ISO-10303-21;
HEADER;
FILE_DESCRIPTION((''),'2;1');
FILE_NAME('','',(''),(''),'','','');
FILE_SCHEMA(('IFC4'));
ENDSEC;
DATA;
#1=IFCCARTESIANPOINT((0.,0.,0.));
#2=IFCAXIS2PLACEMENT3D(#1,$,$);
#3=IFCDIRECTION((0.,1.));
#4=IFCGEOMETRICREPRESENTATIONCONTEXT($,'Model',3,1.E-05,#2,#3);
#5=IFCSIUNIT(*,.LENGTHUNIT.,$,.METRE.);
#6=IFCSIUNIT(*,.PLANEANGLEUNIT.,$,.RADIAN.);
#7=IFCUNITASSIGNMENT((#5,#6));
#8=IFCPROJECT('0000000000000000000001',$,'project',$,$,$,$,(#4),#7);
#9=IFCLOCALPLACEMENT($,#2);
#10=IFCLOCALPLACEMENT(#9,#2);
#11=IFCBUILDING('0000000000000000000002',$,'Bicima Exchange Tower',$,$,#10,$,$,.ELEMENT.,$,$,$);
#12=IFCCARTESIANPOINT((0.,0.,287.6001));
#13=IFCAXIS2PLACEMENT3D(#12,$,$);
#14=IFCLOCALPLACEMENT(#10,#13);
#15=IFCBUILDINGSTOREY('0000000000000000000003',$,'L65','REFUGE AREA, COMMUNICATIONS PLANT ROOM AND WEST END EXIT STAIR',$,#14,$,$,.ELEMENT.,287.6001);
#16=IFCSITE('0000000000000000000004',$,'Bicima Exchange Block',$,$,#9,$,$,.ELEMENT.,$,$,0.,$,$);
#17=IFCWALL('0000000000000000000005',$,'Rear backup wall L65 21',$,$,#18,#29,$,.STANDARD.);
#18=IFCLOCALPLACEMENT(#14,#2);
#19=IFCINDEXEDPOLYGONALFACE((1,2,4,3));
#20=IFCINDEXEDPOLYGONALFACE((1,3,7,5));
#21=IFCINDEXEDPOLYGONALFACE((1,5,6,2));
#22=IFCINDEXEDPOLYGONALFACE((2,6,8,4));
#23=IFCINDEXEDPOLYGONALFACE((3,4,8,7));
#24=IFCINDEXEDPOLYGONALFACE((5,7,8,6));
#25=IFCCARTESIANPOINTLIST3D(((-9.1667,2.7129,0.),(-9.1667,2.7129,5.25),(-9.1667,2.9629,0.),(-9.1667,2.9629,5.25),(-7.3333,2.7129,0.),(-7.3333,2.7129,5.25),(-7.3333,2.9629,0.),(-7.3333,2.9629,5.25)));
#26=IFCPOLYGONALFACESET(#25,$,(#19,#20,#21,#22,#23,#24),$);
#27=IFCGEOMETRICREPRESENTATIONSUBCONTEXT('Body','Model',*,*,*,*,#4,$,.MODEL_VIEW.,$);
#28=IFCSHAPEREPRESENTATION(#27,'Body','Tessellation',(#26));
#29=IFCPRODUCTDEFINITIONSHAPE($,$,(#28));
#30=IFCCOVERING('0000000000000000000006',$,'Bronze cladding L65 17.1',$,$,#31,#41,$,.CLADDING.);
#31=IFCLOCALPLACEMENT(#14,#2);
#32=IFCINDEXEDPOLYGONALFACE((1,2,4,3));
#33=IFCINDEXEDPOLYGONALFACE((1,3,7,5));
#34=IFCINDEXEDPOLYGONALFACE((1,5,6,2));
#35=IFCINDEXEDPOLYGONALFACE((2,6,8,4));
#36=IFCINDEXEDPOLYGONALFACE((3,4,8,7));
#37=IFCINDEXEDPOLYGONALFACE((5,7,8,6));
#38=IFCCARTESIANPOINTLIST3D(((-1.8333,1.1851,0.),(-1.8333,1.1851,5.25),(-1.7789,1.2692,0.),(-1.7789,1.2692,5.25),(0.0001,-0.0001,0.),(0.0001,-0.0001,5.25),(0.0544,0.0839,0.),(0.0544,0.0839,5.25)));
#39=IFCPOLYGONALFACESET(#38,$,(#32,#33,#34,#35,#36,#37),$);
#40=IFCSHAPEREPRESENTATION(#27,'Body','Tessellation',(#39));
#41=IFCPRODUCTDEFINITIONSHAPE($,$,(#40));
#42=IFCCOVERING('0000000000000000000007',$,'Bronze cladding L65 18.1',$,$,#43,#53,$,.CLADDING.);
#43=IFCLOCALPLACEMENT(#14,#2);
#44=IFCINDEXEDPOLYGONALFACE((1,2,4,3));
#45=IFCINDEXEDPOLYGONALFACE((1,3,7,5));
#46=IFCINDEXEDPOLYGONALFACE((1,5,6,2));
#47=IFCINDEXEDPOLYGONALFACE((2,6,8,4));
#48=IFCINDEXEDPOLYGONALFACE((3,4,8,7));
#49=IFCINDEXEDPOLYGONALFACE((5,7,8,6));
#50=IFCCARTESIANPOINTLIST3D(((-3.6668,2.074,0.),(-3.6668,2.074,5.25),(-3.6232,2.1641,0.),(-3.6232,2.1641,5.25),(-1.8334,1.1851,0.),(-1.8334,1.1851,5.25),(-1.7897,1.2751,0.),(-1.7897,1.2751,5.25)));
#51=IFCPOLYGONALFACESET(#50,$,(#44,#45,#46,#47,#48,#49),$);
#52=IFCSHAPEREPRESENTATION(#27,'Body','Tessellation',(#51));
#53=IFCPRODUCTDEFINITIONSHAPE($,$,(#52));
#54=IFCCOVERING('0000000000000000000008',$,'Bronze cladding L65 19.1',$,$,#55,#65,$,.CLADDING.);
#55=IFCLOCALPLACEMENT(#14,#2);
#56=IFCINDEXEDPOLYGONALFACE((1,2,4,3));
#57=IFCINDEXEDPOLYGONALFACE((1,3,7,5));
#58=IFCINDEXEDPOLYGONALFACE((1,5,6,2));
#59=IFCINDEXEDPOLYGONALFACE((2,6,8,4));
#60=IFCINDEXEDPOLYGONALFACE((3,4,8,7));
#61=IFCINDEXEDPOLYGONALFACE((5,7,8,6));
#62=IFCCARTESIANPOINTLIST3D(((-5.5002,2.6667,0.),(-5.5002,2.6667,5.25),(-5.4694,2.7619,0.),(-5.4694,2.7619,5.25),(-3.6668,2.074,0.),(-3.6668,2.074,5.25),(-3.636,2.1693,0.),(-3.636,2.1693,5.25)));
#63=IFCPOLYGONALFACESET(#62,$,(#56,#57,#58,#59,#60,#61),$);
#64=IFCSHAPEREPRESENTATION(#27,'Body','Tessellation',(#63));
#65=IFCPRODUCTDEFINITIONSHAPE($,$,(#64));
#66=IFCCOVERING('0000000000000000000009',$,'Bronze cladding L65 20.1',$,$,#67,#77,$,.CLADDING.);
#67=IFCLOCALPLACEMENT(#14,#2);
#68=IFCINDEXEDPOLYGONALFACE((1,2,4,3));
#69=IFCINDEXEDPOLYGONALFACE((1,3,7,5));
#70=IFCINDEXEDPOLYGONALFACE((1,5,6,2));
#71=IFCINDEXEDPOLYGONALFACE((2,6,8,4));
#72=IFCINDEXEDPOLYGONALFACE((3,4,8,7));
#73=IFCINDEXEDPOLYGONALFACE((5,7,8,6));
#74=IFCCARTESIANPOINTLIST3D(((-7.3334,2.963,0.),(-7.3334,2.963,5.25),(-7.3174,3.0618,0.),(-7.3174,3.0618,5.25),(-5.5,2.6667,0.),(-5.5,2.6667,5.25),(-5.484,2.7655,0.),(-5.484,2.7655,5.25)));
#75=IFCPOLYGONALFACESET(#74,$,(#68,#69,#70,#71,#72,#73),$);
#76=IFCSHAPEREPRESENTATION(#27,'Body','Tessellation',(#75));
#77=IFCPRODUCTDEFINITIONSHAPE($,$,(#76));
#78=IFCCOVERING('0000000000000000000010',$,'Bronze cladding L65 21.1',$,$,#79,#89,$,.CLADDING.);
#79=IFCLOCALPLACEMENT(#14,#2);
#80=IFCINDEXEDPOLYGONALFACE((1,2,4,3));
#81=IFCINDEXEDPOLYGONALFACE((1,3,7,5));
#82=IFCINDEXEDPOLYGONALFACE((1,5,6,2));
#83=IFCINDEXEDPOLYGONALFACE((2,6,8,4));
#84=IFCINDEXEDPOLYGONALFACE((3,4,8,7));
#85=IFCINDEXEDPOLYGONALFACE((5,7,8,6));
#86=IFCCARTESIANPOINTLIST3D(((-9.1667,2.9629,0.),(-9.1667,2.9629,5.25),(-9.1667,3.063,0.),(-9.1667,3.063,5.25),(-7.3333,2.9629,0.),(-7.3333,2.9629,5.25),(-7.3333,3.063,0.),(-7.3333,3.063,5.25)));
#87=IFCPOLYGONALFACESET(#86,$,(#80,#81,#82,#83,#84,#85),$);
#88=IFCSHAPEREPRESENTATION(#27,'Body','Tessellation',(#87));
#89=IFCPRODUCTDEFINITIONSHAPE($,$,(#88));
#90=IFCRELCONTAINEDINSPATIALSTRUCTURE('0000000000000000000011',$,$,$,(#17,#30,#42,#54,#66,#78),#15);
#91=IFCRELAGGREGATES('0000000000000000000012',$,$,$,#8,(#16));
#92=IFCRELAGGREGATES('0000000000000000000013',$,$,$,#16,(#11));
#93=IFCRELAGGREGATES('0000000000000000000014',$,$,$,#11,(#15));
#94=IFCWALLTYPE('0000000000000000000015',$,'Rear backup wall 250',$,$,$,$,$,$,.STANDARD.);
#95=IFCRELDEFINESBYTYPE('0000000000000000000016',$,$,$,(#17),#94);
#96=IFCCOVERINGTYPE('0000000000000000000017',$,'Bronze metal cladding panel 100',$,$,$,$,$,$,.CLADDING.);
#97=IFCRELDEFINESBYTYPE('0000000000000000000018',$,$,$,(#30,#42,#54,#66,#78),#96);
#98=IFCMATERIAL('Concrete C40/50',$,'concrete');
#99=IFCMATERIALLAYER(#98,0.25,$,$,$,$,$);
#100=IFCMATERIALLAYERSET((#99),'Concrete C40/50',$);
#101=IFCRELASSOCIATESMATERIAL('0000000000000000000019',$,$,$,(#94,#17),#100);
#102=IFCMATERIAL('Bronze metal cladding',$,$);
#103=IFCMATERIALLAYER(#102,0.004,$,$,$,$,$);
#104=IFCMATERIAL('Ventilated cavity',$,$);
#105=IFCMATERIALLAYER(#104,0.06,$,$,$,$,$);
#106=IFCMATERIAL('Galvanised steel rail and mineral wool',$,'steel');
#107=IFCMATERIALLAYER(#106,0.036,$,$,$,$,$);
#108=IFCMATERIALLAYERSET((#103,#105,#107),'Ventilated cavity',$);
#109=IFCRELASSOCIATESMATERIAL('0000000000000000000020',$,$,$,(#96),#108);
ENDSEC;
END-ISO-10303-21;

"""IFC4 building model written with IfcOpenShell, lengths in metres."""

from ifc_helpers import new_model, si_unit, direction, frame, frame_2d, origin, origin_2d, place, context, subcontext, project, spatial, rectangle, extrude, material, layer, layer_set, layer_usage, type_object, element, save


model = new_model("IFC4")

# Units and contexts
model_context = context("Model", 3, precision=1e-05, world=origin(), true_north=direction((0.0, 1.0)))
body_context = subcontext(model_context, "Body", "Model", "MODEL_VIEW")
ifc_project = project(units=[si_unit("LENGTHUNIT", "METRE"), si_unit("PLANEANGLEUNIT", "RADIAN")], contexts=[model_context])

# Site, building, storey
site_placement = place(None, origin())
site = spatial("IfcSite", under=ifc_project, at=site_placement, Name="Bicima Exchange Block", CompositionType="ELEMENT", RefElevation=0.0)
building_placement = place(site_placement, origin())
building = spatial("IfcBuilding", under=site, at=building_placement, Name="Bicima Exchange Tower", CompositionType="ELEMENT")
storey_placement = place(building_placement, frame((0.0, 0.0, 287.6001)))
storey = spatial("IfcBuildingStorey", under=building, at=storey_placement, Name="L65", Description="REFUGE AREA, COMMUNICATIONS PLANT ROOM AND WEST END EXIT STAIR", CompositionType="ELEMENT", Elevation=287.6001)

# Wall
ifc_material_1 = material(Name="Concrete C40/50", Category="concrete")
ifc_layer_1 = layer(ifc_material_1, 0.25)
ifc_layer_set_1 = layer_set([ifc_layer_1], Name="Concrete C40/50")
ifc_layer_usage = layer_usage(ifc_layer_set_1, "AXIS2", "POSITIVE", -0.125)
wall_type = type_object("IfcWallType", Name="Rear backup wall 250", PredefinedType="STANDARD", material=ifc_layer_set_1)
wall_1_placement = place(storey_placement, frame((-7.3333, 2.8379, 0.0), z_axis=(0.0, 0.0, 1.0), x_axis=(-1.0, 0.0, 0.0)))
element("IfcWall", 1, at=wall_1_placement, inside=storey, type_object=wall_type, material=ifc_layer_usage, Name="Rear backup wall L65 21", PredefinedType="STANDARD", context=body_context, shape_type="SweptSolid", body=[
    extrude(rectangle(XDim=1.8335, YDim=0.25, at=frame_2d((0.9167, 0.0))), origin(), (0.0, 0.0, 1.0), 5.25),
])

# Coverings
ifc_material_2 = material(Name="Bronze metal cladding")
ifc_layer_2 = layer(ifc_material_2, 0.004)
ifc_material_3 = material(Name="Ventilated cavity")
ifc_layer_3 = layer(ifc_material_3, 0.06)
ifc_material_4 = material(Name="Galvanised steel rail and mineral wool", Category="steel")
ifc_layer_4 = layer(ifc_material_4, 0.036)
ifc_layer_set_2 = layer_set([ifc_layer_2, ifc_layer_3, ifc_layer_4], Name="Ventilated cavity")
covering_type = type_object("IfcCoveringType", Name="Bronze metal cladding panel 100", PredefinedType="CLADDING", material=ifc_layer_set_2)
covering_1_placement = place(storey_placement, frame((-0.8894, 0.6345, 0.0), z_axis=(0.0, 0.0, 1.0), x_axis=(-0.83979, 0.542911, 0.0)))
element("IfcCovering", 2, at=covering_1_placement, inside=storey, type_object=covering_type, Name="Bronze cladding L65 17.1", PredefinedType="CLADDING", context=body_context, shape_type="SweptSolid", body=[
    extrude(rectangle(XDim=2.1831, YDim=0.1001, at=origin_2d()), origin(), (0.0, 0.0, 1.0), 5.25),
])
covering_2_placement = place(storey_placement, frame((-2.7283, 1.6746, 0.0), z_axis=(0.0, 0.0, 1.0), x_axis=(-0.899818, 0.436265, 0.0)))
element("IfcCovering", 3, at=covering_2_placement, inside=storey, type_object=covering_type, Name="Bronze cladding L65 18.1", PredefinedType="CLADDING", context=body_context, shape_type="SweptSolid", body=[
    extrude(rectangle(XDim=2.0376, YDim=0.1001, at=origin_2d()), origin(), (0.0, 0.0, 1.0), 5.25),
])
covering_3_placement = place(storey_placement, frame((-4.5681, 2.418, 0.0), z_axis=(0.0, 0.0, 1.0), x_axis=(-0.951525, 0.307573, 0.0)))
element("IfcCovering", 4, at=covering_3_placement, inside=storey, type_object=covering_type, Name="Bronze cladding L65 19.1", PredefinedType="CLADDING", context=body_context, shape_type="SweptSolid", body=[
    extrude(rectangle(XDim=1.9268, YDim=0.1001, at=origin_2d()), origin(), (0.0, 0.0, 1.0), 5.25),
])
covering_4_placement = place(storey_placement, frame((-6.4087, 2.8643, 0.0), z_axis=(0.0, 0.0, 1.0), x_axis=(-0.98719, 0.15955, 0.0)))
element("IfcCovering", 5, at=covering_4_placement, inside=storey, type_object=covering_type, Name="Bronze cladding L65 20.1", PredefinedType="CLADDING", context=body_context, shape_type="SweptSolid", body=[
    extrude(rectangle(XDim=1.8572, YDim=0.1001, at=origin_2d()), origin(), (0.0, 0.0, 1.0), 5.25),
])
covering_5_placement = place(storey_placement, frame((-8.25, 3.0129, 0.0), z_axis=(0.0, 0.0, 1.0), x_axis=(-1.0, 0.0, 0.0)))
element("IfcCovering", 6, at=covering_5_placement, inside=storey, type_object=covering_type, Name="Bronze cladding L65 21.1", PredefinedType="CLADDING", context=body_context, shape_type="SweptSolid", body=[
    extrude(rectangle(XDim=1.8335, YDim=0.1001, at=origin_2d()), origin(), (0.0, 0.0, 1.0), 5.25),
])

save(model, "model.ifc")
